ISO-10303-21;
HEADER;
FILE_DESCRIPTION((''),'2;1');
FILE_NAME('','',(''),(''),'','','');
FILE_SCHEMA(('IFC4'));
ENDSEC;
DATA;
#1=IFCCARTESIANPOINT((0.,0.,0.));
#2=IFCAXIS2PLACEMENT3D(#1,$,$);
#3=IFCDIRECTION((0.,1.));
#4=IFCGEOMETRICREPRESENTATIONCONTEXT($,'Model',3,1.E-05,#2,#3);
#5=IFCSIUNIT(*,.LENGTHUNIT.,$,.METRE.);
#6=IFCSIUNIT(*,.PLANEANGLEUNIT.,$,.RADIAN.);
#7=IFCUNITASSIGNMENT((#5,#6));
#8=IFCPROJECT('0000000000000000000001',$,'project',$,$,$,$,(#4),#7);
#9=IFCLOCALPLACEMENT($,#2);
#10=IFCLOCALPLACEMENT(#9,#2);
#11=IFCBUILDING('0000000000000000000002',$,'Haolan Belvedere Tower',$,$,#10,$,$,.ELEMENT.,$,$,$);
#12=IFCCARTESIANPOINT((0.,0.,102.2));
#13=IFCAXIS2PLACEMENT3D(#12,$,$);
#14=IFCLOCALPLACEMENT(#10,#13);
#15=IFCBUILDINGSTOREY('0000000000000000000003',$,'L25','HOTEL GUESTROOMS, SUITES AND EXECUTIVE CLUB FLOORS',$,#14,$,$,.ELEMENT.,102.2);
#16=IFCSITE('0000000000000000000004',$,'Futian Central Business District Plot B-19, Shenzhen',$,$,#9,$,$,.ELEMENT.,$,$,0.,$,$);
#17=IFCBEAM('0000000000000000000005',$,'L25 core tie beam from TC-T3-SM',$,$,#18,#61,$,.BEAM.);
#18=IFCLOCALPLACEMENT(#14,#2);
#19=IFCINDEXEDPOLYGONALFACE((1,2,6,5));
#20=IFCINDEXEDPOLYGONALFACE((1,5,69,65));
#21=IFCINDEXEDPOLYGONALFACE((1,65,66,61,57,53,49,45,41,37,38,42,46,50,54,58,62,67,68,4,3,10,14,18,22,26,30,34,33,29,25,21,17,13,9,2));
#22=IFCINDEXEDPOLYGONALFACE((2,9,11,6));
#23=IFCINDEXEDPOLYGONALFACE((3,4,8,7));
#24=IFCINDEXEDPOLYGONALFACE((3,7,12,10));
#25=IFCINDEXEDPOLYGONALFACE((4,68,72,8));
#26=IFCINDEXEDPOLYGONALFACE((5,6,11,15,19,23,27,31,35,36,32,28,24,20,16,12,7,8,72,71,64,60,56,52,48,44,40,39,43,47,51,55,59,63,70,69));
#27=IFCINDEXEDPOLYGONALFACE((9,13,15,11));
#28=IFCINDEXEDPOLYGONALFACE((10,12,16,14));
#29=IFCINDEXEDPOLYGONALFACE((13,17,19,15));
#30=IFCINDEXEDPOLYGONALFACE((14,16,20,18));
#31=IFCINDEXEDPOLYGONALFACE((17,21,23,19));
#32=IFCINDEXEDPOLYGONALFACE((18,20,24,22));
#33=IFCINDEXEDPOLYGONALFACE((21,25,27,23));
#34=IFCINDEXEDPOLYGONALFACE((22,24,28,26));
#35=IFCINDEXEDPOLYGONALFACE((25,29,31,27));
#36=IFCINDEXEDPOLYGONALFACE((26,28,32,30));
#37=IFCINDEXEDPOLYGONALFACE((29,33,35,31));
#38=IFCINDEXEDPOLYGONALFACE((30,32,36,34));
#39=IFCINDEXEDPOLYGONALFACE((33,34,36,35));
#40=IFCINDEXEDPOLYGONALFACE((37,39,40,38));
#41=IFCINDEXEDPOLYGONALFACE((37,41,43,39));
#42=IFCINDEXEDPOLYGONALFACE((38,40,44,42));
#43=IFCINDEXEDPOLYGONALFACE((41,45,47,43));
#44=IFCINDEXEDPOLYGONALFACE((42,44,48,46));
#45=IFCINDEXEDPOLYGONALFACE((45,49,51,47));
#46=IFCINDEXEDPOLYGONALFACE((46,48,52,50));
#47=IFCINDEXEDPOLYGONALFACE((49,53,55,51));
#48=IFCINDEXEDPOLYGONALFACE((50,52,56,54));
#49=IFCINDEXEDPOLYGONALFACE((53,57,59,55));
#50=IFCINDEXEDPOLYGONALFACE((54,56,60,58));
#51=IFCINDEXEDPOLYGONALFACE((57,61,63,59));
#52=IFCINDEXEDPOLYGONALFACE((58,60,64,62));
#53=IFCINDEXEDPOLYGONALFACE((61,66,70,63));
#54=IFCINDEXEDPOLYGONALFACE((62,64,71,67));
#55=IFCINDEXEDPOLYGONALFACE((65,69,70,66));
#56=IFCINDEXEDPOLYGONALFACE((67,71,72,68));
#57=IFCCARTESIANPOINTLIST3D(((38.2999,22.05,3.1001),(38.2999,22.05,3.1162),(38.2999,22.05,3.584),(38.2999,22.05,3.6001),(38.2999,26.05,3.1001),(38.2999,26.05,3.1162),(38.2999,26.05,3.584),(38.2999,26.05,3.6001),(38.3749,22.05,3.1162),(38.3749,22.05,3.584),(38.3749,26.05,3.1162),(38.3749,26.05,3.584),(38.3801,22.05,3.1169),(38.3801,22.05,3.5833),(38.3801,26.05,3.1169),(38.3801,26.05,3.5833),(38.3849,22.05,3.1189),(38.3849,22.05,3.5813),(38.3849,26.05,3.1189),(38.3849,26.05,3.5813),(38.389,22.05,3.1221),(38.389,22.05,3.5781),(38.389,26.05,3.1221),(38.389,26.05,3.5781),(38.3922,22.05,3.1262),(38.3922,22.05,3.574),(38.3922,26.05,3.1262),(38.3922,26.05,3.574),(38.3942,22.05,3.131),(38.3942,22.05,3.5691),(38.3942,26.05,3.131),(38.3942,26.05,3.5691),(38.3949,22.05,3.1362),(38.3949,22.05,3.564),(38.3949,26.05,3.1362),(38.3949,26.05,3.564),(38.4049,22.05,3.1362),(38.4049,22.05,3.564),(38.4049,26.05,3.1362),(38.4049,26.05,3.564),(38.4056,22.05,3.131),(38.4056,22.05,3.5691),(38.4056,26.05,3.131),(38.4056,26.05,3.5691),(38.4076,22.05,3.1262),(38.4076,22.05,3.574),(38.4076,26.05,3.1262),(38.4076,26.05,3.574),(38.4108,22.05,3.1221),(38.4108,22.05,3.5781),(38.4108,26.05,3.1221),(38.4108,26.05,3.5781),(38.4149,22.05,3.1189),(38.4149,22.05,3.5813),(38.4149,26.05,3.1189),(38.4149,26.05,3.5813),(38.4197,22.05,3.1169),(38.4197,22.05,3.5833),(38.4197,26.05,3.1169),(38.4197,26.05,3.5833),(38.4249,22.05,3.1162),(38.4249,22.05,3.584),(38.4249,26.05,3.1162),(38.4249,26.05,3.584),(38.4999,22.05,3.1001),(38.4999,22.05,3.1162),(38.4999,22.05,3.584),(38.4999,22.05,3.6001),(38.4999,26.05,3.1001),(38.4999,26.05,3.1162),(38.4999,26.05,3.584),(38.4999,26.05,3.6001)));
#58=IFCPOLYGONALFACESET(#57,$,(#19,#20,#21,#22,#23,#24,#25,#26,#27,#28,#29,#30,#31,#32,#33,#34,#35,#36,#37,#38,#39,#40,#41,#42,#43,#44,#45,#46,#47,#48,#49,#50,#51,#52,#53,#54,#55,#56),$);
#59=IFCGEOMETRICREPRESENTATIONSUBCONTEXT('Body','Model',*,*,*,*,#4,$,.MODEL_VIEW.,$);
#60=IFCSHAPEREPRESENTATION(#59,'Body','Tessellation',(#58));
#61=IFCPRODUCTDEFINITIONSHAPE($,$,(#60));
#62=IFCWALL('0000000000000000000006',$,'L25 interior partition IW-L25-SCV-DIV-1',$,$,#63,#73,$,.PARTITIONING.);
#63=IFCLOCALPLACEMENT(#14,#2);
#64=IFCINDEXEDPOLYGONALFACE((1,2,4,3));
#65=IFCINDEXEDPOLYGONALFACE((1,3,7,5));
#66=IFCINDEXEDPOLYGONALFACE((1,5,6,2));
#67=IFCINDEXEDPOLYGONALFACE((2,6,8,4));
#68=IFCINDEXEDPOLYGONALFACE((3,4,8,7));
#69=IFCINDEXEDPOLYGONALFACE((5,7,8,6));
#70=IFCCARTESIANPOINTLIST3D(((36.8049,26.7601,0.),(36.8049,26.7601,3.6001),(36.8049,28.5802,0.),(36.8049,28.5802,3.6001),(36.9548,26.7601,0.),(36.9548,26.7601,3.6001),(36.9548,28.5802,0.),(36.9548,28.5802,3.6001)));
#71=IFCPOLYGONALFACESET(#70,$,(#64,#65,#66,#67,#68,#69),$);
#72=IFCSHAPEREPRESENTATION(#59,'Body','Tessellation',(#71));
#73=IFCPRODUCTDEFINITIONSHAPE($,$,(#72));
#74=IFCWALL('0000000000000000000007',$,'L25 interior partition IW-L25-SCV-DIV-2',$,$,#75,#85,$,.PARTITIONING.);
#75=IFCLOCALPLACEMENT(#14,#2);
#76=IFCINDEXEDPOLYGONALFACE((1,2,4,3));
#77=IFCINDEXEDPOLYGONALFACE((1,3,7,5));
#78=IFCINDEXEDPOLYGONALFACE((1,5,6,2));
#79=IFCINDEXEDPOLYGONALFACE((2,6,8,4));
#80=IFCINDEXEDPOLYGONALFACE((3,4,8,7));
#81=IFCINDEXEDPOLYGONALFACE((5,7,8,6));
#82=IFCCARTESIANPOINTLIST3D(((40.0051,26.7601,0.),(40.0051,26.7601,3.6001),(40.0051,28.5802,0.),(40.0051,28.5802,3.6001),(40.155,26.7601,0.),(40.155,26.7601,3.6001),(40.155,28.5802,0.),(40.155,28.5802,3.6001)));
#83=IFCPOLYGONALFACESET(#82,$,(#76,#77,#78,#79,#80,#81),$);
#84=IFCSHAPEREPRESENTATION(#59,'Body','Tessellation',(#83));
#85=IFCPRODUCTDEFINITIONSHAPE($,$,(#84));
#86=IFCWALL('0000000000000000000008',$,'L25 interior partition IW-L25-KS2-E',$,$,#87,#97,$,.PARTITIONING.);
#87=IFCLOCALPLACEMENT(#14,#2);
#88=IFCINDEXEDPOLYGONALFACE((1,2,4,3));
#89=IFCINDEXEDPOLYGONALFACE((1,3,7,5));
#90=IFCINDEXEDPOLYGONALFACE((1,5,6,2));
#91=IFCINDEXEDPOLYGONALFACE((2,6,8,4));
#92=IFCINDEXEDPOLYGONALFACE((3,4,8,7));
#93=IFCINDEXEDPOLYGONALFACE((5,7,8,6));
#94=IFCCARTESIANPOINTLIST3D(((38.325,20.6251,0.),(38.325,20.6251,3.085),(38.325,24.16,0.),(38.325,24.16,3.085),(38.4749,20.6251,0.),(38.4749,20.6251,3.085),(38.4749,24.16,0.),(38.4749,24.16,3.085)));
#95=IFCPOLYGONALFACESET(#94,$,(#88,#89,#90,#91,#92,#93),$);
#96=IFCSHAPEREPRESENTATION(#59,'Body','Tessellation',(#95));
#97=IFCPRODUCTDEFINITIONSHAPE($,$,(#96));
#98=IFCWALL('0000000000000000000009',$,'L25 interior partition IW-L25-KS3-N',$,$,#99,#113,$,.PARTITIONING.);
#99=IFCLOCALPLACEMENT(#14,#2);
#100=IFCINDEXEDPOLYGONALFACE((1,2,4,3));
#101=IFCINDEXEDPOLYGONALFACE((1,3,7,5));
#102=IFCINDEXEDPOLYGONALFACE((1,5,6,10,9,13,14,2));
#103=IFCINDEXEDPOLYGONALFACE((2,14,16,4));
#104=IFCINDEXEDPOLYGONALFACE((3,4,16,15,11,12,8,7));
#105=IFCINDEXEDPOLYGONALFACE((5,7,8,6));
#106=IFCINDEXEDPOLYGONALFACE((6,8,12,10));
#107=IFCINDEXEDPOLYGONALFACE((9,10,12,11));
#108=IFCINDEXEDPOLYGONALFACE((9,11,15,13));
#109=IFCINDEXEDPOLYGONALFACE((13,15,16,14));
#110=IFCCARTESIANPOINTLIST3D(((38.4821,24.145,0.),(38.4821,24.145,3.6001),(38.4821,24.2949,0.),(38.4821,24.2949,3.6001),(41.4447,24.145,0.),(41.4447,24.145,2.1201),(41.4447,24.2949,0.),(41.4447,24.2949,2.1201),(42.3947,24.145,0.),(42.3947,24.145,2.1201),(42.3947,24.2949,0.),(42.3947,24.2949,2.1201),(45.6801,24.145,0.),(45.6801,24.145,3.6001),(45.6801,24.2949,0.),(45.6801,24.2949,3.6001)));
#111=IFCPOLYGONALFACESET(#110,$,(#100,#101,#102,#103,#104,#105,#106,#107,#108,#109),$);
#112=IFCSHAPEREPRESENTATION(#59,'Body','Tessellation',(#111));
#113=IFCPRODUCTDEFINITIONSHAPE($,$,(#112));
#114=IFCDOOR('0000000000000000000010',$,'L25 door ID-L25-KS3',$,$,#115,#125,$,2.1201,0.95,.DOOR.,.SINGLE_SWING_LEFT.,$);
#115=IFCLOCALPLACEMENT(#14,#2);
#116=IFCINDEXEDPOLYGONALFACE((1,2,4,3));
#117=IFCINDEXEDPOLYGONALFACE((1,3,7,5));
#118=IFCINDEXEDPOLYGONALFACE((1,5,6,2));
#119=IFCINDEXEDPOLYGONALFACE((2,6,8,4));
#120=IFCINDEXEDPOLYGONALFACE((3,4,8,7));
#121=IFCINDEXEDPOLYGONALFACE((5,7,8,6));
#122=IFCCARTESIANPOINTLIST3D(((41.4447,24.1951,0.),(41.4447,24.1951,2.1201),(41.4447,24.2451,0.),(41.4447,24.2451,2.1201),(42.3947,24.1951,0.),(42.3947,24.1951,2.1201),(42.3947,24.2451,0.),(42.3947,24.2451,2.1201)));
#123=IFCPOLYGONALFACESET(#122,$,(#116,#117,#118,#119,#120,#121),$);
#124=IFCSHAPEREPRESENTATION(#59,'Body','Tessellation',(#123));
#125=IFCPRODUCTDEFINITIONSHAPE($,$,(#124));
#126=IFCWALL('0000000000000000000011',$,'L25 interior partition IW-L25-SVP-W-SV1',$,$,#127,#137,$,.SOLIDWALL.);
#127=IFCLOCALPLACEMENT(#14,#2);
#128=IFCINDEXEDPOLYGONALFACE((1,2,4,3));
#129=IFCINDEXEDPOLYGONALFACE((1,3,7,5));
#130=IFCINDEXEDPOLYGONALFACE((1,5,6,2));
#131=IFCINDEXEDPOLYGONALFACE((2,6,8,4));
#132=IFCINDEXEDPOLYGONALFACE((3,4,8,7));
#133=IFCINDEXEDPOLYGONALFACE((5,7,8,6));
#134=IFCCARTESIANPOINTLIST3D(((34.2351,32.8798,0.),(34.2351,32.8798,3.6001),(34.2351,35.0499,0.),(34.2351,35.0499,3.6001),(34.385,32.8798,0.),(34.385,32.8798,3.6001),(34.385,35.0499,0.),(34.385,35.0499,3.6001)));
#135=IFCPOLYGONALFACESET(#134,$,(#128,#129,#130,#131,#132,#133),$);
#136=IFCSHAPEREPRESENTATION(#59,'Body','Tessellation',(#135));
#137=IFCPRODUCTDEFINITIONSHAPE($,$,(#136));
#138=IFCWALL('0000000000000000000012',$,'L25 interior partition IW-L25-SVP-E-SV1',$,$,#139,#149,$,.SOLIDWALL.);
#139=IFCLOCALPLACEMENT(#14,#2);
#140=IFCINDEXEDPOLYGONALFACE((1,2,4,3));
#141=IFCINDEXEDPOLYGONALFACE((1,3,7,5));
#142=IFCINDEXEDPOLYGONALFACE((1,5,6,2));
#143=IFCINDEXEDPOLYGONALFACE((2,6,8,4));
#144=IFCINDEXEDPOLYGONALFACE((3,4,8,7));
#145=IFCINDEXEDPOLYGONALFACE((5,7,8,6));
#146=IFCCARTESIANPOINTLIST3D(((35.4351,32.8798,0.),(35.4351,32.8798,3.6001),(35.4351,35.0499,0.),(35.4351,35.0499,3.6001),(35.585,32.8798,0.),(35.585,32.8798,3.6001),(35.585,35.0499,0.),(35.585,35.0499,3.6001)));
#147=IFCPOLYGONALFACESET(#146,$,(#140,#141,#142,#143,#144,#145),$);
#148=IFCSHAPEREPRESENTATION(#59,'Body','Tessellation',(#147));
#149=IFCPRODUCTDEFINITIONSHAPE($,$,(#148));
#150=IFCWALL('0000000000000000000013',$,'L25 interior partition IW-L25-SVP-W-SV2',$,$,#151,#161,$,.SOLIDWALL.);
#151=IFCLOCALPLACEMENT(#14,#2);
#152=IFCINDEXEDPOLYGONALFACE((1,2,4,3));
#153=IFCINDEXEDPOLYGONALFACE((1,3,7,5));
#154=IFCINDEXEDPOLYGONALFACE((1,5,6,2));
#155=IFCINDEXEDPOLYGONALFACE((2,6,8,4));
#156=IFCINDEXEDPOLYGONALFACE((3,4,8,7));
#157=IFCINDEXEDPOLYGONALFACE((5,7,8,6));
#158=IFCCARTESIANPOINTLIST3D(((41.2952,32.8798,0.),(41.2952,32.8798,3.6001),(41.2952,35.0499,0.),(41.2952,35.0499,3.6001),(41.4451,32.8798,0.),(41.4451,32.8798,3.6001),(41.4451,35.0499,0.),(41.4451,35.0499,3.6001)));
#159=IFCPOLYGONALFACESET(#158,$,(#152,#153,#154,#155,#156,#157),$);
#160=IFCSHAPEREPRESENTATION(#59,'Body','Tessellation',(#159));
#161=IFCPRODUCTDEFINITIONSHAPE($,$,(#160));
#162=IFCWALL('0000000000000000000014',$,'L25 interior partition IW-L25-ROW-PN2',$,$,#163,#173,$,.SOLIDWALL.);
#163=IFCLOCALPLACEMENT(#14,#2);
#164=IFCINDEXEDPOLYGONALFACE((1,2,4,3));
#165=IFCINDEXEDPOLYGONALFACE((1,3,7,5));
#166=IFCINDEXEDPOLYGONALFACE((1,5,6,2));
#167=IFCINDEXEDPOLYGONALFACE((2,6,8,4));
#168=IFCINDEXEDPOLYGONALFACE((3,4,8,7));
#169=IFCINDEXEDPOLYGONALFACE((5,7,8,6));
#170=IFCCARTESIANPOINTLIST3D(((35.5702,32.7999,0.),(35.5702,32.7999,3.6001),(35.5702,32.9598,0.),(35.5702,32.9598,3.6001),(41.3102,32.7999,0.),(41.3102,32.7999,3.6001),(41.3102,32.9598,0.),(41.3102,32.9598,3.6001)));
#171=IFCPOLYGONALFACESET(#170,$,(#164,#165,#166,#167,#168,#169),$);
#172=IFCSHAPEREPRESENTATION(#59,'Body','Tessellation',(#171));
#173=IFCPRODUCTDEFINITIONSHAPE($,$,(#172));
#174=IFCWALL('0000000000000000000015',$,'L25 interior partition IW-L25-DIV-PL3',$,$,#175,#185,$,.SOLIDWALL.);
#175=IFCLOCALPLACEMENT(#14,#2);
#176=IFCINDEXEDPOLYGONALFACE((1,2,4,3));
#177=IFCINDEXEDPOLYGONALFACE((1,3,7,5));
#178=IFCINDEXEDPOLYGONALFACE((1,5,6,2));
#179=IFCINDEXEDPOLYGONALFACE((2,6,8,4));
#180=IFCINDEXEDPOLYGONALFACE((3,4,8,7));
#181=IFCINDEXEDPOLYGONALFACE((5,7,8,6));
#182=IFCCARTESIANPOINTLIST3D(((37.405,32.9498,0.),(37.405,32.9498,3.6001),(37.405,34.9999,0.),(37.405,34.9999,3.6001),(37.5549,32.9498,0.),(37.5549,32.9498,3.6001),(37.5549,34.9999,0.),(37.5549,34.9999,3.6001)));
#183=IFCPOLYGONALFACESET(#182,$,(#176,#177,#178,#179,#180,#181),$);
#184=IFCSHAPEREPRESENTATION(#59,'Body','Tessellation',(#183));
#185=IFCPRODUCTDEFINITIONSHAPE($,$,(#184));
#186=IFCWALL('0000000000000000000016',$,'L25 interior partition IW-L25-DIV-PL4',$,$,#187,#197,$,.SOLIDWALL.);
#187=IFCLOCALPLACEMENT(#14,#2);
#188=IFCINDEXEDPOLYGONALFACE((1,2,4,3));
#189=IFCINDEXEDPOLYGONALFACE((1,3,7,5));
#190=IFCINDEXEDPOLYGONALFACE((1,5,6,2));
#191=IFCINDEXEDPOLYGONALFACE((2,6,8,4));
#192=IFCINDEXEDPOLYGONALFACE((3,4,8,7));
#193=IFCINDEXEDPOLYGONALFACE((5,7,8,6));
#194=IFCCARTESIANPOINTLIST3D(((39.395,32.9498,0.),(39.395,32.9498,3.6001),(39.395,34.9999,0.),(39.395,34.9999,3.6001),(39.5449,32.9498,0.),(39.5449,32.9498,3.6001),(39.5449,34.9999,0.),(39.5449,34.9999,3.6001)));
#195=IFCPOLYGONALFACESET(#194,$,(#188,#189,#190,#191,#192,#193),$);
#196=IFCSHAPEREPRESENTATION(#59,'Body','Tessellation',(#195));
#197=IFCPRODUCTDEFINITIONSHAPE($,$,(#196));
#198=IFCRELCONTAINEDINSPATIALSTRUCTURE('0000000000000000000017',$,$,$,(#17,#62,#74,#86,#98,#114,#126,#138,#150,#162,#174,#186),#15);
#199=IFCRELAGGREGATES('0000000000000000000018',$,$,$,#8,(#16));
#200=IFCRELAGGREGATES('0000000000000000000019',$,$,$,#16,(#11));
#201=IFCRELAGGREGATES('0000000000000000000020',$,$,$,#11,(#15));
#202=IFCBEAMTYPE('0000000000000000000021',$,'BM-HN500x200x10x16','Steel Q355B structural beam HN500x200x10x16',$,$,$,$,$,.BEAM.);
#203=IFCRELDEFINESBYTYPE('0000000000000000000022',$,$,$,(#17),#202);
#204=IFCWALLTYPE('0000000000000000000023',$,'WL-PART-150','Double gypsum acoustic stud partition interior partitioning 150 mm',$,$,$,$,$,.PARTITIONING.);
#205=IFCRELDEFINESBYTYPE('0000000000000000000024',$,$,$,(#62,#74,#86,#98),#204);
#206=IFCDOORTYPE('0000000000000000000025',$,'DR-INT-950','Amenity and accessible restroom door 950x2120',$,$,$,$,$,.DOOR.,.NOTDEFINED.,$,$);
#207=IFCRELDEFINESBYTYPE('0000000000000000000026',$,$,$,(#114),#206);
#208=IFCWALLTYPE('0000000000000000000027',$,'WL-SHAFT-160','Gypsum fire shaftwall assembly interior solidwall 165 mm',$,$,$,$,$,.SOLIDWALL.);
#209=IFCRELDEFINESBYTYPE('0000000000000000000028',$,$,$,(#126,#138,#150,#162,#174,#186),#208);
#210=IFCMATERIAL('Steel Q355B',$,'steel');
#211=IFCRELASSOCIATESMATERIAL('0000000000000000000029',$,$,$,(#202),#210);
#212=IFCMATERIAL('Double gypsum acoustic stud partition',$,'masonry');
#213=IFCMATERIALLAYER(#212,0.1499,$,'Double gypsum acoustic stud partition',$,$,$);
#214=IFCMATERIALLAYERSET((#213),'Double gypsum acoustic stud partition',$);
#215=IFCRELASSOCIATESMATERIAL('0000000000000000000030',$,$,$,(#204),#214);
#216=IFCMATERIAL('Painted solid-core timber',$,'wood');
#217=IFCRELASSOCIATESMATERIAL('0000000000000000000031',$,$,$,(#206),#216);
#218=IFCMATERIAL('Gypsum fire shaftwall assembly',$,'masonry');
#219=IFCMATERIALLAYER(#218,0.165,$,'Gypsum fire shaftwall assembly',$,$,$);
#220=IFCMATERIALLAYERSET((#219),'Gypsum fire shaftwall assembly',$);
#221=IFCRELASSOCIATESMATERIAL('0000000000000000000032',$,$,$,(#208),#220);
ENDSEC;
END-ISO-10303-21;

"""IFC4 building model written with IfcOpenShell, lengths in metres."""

from ifc_helpers import new_model, si_unit, direction, frame, frame_2d, origin, origin_2d, place, context, subcontext, project, spatial, rectangle, i_section, extrude, material, layer, layer_set, material_profile, profile_set, type_object, element, fill, save


model = new_model("IFC4")

# Units and contexts
model_context = context("Model", 3, precision=1e-05, world=origin(), true_north=direction((0.0, 1.0)))
body_context = subcontext(model_context, "Body", "Model", "MODEL_VIEW")
ifc_project = project(units=[si_unit("LENGTHUNIT", "METRE"), si_unit("PLANEANGLEUNIT", "RADIAN")], contexts=[model_context])

# Site, building, storey
site_placement = place(None, origin())
site = spatial("IfcSite", under=ifc_project, at=site_placement, Name="Futian Central Business District Plot B-19, Shenzhen", CompositionType="ELEMENT", RefElevation=0.0)
building_placement = place(site_placement, origin())
building = spatial("IfcBuilding", under=site, at=building_placement, Name="Haolan Belvedere Tower", CompositionType="ELEMENT")
storey_placement = place(building_placement, frame((0.0, 0.0, 102.2)))
storey = spatial("IfcBuildingStorey", under=building, at=storey_placement, Name="L25", Description="HOTEL GUESTROOMS, SUITES AND EXECUTIVE CLUB FLOORS", CompositionType="ELEMENT", Elevation=102.2)

# Beam
ifc_material_1 = material(Name="Steel Q355B", Category="steel")
ifc_material_profile_1 = material_profile(ifc_material_1, i_section(OverallWidth=0.2, OverallDepth=0.5, WebThickness=0.01, FlangeThickness=0.0161, FilletRadius=0.02, at=origin_2d()), Name="Steel Q355B")
ifc_profile_set_1 = profile_set([ifc_material_profile_1], Name="Steel Q355B")
beam_type_1 = type_object("IfcBeamType", Name="BM-HN500x200x10x16", Description="Steel Q355B structural beam HN500x200x10x16", PredefinedType="BEAM", material=ifc_profile_set_1)
beam_1_placement = place(storey_placement, frame((38.3999, 22.05, 3.3501), z_axis=(0.0, 1.0, 0.0), x_axis=(-1.0, 0.0, 0.0)))
element("IfcBeam", 1, at=beam_1_placement, inside=storey, type_object=beam_type_1, Name="L25 core tie beam from TC-T3-SM", PredefinedType="BEAM", context=body_context, shape_type="SweptSolid", body=[
    extrude(i_section(OverallWidth=0.2, OverallDepth=0.5, WebThickness=0.01, FlangeThickness=0.0161, FilletRadius=0.02, at=origin_2d()), origin(), (0.0, 0.0, 1.0), 4.0),
])

# Walls
ifc_material_2 = material(Name="Double gypsum acoustic stud partition", Category="masonry")
ifc_layer_1 = layer(ifc_material_2, 0.1499, Name="Double gypsum acoustic stud partition")
ifc_layer_set_1 = layer_set([ifc_layer_1], Name="Double gypsum acoustic stud partition")
wall_type_1 = type_object("IfcWallType", Name="WL-PART-150", Description="Double gypsum acoustic stud partition interior partitioning 150 mm", PredefinedType="PARTITIONING", material=ifc_layer_set_1)
for number, where, z_axis, x_axis, name in (
    (2, (36.8799, 26.76, 0.0), (0.0, 0.0, 1.0), (0.0, 1.0, 0.0), "L25 interior partition IW-L25-SCV-DIV-1"),
    (3, (40.0801, 26.76, 0.0), (0.0, 0.0, 1.0), (0.0, 1.0, 0.0), "L25 interior partition IW-L25-SCV-DIV-2"),
):
    element("IfcWall", number, at=place(storey_placement, frame(where, z_axis=z_axis, x_axis=x_axis)), inside=storey, type_object=wall_type_1, Name=name, PredefinedType="PARTITIONING", context=body_context, shape_type="SweptSolid", body=[
        extrude(rectangle(XDim=1.8201, YDim=0.1499, at=frame_2d((0.9102, 0.0))), origin(), (0.0, 0.0, 1.0), 3.6001),
    ])
wall_1_placement = place(storey_placement, frame((38.3999, 20.625, 0.0), z_axis=(0.0, 0.0, 1.0), x_axis=(0.0, 1.0, 0.0)))
element("IfcWall", 4, at=wall_1_placement, inside=storey, type_object=wall_type_1, Name="L25 interior partition IW-L25-KS2-E", PredefinedType="PARTITIONING", context=body_context, shape_type="SweptSolid", body=[
    extrude(rectangle(XDim=3.5349, YDim=0.1499, at=frame_2d((1.7676, 0.0))), origin(), (0.0, 0.0, 1.0), 3.085),
])

# Wall, opening, door
wall_2_placement = place(storey_placement, frame((38.4819, 24.22, 0.0), z_axis=(0.0, 0.0, 1.0), x_axis=(1.0, 0.0, 0.0)))
wall_2 = element("IfcWall", 5, at=wall_2_placement, inside=storey, type_object=wall_type_1, Name="L25 interior partition IW-L25-KS3-N", PredefinedType="PARTITIONING", context=body_context, shape_type="SweptSolid", body=[
    extrude(rectangle(XDim=7.198, YDim=0.1499, at=frame_2d((3.5991, 0.0))), origin(), (0.0, 0.0, 1.0), 3.6001),
])
opening_placement = place(wall_2_placement, frame((3.9128, 0.0, 0.0), z_axis=(0.0, 0.0, 1.0), x_axis=(-1.0, 0.0, 0.0)))
opening = element("IfcOpeningElement", 6, at=opening_placement, cuts=wall_2, PredefinedType="OPENING", context=body_context, shape_type="SweptSolid", body=[
    extrude(rectangle(XDim=0.95, YDim=2.1201, at=frame_2d((0.4751, 1.0601))), frame((0.0, 0.085, 0.0), z_axis=(0.0, -1.0, 0.0), x_axis=(1.0, 0.0, 0.0)), (0.0, 0.0, 1.0), 0.1699),
])
ifc_material_3 = material(Name="Painted solid-core timber", Category="wood")
door_type = type_object("IfcDoorType", Name="DR-INT-950", Description="Amenity and accessible restroom door 950x2120", OperationType="NOTDEFINED", PredefinedType="DOOR", material=ifc_material_3)
door_placement = place(opening_placement, origin())
door = element("IfcDoor", 7, at=door_placement, inside=storey, type_object=door_type, Name="L25 door ID-L25-KS3", OperationType="SINGLE_SWING_LEFT", OverallHeight=2.1201, OverallWidth=0.95, PredefinedType="DOOR", context=body_context, shape_type="SweptSolid", body=[
    extrude(rectangle(XDim=0.95, YDim=2.1201, at=frame_2d((0.4751, 1.0601))), frame((0.0, 0.0249, 0.0), z_axis=(0.0, -1.0, 0.0), x_axis=(1.0, 0.0, 0.0)), (0.0, 0.0, 1.0), 0.05),
])
fill(opening, door)

# Walls
ifc_material_4 = material(Name="Gypsum fire shaftwall assembly", Category="masonry")
ifc_layer_2 = layer(ifc_material_4, 0.165, Name="Gypsum fire shaftwall assembly")
ifc_layer_set_2 = layer_set([ifc_layer_2], Name="Gypsum fire shaftwall assembly")
wall_type_2 = type_object("IfcWallType", Name="WL-SHAFT-160", Description="Gypsum fire shaftwall assembly interior solidwall 165 mm", PredefinedType="SOLIDWALL", material=ifc_layer_set_2)
for number, where, z_axis, x_axis, name in (
    (8, (34.3101, 32.8799, 0.0), (0.0, 0.0, 1.0), (0.0, 1.0, 0.0), "L25 interior partition IW-L25-SVP-W-SV1"),
    (9, (35.51, 32.8799, 0.0), (0.0, 0.0, 1.0), (0.0, 1.0, 0.0), "L25 interior partition IW-L25-SVP-E-SV1"),
    (10, (41.3701, 32.8799, 0.0), (0.0, 0.0, 1.0), (0.0, 1.0, 0.0), "L25 interior partition IW-L25-SVP-W-SV2"),
):
    element("IfcWall", number, at=place(storey_placement, frame(where, z_axis=z_axis, x_axis=x_axis)), inside=storey, type_object=wall_type_2, Name=name, PredefinedType="SOLIDWALL", context=body_context, shape_type="SweptSolid", body=[
        extrude(rectangle(XDim=2.1702, YDim=0.1499, at=frame_2d((1.085, 0.0))), origin(), (0.0, 0.0, 1.0), 3.6001),
    ])
wall_3_placement = place(storey_placement, frame((35.5701, 32.8799, 0.0), z_axis=(0.0, 0.0, 1.0), x_axis=(1.0, 0.0, 0.0)))
element("IfcWall", 11, at=wall_3_placement, inside=storey, type_object=wall_type_2, Name="L25 interior partition IW-L25-ROW-PN2", PredefinedType="SOLIDWALL", context=body_context, shape_type="SweptSolid", body=[
    extrude(rectangle(XDim=5.74, YDim=0.1599, at=frame_2d((2.8701, 0.0))), origin(), (0.0, 0.0, 1.0), 3.6001),
])
for number, where, z_axis, x_axis, name in (
    (12, (37.48, 32.95, 0.0), (0.0, 0.0, 1.0), (0.0, 1.0, 0.0), "L25 interior partition IW-L25-DIV-PL3"),
    (13, (39.47, 32.95, 0.0), (0.0, 0.0, 1.0), (0.0, 1.0, 0.0), "L25 interior partition IW-L25-DIV-PL4"),
):
    element("IfcWall", number, at=place(storey_placement, frame(where, z_axis=z_axis, x_axis=x_axis)), inside=storey, type_object=wall_type_2, Name=name, PredefinedType="SOLIDWALL", context=body_context, shape_type="SweptSolid", body=[
        extrude(rectangle(XDim=2.05, YDim=0.1499, at=frame_2d((1.0249, 0.0))), origin(), (0.0, 0.0, 1.0), 3.6001),
    ])

save(model, "model.ifc")
